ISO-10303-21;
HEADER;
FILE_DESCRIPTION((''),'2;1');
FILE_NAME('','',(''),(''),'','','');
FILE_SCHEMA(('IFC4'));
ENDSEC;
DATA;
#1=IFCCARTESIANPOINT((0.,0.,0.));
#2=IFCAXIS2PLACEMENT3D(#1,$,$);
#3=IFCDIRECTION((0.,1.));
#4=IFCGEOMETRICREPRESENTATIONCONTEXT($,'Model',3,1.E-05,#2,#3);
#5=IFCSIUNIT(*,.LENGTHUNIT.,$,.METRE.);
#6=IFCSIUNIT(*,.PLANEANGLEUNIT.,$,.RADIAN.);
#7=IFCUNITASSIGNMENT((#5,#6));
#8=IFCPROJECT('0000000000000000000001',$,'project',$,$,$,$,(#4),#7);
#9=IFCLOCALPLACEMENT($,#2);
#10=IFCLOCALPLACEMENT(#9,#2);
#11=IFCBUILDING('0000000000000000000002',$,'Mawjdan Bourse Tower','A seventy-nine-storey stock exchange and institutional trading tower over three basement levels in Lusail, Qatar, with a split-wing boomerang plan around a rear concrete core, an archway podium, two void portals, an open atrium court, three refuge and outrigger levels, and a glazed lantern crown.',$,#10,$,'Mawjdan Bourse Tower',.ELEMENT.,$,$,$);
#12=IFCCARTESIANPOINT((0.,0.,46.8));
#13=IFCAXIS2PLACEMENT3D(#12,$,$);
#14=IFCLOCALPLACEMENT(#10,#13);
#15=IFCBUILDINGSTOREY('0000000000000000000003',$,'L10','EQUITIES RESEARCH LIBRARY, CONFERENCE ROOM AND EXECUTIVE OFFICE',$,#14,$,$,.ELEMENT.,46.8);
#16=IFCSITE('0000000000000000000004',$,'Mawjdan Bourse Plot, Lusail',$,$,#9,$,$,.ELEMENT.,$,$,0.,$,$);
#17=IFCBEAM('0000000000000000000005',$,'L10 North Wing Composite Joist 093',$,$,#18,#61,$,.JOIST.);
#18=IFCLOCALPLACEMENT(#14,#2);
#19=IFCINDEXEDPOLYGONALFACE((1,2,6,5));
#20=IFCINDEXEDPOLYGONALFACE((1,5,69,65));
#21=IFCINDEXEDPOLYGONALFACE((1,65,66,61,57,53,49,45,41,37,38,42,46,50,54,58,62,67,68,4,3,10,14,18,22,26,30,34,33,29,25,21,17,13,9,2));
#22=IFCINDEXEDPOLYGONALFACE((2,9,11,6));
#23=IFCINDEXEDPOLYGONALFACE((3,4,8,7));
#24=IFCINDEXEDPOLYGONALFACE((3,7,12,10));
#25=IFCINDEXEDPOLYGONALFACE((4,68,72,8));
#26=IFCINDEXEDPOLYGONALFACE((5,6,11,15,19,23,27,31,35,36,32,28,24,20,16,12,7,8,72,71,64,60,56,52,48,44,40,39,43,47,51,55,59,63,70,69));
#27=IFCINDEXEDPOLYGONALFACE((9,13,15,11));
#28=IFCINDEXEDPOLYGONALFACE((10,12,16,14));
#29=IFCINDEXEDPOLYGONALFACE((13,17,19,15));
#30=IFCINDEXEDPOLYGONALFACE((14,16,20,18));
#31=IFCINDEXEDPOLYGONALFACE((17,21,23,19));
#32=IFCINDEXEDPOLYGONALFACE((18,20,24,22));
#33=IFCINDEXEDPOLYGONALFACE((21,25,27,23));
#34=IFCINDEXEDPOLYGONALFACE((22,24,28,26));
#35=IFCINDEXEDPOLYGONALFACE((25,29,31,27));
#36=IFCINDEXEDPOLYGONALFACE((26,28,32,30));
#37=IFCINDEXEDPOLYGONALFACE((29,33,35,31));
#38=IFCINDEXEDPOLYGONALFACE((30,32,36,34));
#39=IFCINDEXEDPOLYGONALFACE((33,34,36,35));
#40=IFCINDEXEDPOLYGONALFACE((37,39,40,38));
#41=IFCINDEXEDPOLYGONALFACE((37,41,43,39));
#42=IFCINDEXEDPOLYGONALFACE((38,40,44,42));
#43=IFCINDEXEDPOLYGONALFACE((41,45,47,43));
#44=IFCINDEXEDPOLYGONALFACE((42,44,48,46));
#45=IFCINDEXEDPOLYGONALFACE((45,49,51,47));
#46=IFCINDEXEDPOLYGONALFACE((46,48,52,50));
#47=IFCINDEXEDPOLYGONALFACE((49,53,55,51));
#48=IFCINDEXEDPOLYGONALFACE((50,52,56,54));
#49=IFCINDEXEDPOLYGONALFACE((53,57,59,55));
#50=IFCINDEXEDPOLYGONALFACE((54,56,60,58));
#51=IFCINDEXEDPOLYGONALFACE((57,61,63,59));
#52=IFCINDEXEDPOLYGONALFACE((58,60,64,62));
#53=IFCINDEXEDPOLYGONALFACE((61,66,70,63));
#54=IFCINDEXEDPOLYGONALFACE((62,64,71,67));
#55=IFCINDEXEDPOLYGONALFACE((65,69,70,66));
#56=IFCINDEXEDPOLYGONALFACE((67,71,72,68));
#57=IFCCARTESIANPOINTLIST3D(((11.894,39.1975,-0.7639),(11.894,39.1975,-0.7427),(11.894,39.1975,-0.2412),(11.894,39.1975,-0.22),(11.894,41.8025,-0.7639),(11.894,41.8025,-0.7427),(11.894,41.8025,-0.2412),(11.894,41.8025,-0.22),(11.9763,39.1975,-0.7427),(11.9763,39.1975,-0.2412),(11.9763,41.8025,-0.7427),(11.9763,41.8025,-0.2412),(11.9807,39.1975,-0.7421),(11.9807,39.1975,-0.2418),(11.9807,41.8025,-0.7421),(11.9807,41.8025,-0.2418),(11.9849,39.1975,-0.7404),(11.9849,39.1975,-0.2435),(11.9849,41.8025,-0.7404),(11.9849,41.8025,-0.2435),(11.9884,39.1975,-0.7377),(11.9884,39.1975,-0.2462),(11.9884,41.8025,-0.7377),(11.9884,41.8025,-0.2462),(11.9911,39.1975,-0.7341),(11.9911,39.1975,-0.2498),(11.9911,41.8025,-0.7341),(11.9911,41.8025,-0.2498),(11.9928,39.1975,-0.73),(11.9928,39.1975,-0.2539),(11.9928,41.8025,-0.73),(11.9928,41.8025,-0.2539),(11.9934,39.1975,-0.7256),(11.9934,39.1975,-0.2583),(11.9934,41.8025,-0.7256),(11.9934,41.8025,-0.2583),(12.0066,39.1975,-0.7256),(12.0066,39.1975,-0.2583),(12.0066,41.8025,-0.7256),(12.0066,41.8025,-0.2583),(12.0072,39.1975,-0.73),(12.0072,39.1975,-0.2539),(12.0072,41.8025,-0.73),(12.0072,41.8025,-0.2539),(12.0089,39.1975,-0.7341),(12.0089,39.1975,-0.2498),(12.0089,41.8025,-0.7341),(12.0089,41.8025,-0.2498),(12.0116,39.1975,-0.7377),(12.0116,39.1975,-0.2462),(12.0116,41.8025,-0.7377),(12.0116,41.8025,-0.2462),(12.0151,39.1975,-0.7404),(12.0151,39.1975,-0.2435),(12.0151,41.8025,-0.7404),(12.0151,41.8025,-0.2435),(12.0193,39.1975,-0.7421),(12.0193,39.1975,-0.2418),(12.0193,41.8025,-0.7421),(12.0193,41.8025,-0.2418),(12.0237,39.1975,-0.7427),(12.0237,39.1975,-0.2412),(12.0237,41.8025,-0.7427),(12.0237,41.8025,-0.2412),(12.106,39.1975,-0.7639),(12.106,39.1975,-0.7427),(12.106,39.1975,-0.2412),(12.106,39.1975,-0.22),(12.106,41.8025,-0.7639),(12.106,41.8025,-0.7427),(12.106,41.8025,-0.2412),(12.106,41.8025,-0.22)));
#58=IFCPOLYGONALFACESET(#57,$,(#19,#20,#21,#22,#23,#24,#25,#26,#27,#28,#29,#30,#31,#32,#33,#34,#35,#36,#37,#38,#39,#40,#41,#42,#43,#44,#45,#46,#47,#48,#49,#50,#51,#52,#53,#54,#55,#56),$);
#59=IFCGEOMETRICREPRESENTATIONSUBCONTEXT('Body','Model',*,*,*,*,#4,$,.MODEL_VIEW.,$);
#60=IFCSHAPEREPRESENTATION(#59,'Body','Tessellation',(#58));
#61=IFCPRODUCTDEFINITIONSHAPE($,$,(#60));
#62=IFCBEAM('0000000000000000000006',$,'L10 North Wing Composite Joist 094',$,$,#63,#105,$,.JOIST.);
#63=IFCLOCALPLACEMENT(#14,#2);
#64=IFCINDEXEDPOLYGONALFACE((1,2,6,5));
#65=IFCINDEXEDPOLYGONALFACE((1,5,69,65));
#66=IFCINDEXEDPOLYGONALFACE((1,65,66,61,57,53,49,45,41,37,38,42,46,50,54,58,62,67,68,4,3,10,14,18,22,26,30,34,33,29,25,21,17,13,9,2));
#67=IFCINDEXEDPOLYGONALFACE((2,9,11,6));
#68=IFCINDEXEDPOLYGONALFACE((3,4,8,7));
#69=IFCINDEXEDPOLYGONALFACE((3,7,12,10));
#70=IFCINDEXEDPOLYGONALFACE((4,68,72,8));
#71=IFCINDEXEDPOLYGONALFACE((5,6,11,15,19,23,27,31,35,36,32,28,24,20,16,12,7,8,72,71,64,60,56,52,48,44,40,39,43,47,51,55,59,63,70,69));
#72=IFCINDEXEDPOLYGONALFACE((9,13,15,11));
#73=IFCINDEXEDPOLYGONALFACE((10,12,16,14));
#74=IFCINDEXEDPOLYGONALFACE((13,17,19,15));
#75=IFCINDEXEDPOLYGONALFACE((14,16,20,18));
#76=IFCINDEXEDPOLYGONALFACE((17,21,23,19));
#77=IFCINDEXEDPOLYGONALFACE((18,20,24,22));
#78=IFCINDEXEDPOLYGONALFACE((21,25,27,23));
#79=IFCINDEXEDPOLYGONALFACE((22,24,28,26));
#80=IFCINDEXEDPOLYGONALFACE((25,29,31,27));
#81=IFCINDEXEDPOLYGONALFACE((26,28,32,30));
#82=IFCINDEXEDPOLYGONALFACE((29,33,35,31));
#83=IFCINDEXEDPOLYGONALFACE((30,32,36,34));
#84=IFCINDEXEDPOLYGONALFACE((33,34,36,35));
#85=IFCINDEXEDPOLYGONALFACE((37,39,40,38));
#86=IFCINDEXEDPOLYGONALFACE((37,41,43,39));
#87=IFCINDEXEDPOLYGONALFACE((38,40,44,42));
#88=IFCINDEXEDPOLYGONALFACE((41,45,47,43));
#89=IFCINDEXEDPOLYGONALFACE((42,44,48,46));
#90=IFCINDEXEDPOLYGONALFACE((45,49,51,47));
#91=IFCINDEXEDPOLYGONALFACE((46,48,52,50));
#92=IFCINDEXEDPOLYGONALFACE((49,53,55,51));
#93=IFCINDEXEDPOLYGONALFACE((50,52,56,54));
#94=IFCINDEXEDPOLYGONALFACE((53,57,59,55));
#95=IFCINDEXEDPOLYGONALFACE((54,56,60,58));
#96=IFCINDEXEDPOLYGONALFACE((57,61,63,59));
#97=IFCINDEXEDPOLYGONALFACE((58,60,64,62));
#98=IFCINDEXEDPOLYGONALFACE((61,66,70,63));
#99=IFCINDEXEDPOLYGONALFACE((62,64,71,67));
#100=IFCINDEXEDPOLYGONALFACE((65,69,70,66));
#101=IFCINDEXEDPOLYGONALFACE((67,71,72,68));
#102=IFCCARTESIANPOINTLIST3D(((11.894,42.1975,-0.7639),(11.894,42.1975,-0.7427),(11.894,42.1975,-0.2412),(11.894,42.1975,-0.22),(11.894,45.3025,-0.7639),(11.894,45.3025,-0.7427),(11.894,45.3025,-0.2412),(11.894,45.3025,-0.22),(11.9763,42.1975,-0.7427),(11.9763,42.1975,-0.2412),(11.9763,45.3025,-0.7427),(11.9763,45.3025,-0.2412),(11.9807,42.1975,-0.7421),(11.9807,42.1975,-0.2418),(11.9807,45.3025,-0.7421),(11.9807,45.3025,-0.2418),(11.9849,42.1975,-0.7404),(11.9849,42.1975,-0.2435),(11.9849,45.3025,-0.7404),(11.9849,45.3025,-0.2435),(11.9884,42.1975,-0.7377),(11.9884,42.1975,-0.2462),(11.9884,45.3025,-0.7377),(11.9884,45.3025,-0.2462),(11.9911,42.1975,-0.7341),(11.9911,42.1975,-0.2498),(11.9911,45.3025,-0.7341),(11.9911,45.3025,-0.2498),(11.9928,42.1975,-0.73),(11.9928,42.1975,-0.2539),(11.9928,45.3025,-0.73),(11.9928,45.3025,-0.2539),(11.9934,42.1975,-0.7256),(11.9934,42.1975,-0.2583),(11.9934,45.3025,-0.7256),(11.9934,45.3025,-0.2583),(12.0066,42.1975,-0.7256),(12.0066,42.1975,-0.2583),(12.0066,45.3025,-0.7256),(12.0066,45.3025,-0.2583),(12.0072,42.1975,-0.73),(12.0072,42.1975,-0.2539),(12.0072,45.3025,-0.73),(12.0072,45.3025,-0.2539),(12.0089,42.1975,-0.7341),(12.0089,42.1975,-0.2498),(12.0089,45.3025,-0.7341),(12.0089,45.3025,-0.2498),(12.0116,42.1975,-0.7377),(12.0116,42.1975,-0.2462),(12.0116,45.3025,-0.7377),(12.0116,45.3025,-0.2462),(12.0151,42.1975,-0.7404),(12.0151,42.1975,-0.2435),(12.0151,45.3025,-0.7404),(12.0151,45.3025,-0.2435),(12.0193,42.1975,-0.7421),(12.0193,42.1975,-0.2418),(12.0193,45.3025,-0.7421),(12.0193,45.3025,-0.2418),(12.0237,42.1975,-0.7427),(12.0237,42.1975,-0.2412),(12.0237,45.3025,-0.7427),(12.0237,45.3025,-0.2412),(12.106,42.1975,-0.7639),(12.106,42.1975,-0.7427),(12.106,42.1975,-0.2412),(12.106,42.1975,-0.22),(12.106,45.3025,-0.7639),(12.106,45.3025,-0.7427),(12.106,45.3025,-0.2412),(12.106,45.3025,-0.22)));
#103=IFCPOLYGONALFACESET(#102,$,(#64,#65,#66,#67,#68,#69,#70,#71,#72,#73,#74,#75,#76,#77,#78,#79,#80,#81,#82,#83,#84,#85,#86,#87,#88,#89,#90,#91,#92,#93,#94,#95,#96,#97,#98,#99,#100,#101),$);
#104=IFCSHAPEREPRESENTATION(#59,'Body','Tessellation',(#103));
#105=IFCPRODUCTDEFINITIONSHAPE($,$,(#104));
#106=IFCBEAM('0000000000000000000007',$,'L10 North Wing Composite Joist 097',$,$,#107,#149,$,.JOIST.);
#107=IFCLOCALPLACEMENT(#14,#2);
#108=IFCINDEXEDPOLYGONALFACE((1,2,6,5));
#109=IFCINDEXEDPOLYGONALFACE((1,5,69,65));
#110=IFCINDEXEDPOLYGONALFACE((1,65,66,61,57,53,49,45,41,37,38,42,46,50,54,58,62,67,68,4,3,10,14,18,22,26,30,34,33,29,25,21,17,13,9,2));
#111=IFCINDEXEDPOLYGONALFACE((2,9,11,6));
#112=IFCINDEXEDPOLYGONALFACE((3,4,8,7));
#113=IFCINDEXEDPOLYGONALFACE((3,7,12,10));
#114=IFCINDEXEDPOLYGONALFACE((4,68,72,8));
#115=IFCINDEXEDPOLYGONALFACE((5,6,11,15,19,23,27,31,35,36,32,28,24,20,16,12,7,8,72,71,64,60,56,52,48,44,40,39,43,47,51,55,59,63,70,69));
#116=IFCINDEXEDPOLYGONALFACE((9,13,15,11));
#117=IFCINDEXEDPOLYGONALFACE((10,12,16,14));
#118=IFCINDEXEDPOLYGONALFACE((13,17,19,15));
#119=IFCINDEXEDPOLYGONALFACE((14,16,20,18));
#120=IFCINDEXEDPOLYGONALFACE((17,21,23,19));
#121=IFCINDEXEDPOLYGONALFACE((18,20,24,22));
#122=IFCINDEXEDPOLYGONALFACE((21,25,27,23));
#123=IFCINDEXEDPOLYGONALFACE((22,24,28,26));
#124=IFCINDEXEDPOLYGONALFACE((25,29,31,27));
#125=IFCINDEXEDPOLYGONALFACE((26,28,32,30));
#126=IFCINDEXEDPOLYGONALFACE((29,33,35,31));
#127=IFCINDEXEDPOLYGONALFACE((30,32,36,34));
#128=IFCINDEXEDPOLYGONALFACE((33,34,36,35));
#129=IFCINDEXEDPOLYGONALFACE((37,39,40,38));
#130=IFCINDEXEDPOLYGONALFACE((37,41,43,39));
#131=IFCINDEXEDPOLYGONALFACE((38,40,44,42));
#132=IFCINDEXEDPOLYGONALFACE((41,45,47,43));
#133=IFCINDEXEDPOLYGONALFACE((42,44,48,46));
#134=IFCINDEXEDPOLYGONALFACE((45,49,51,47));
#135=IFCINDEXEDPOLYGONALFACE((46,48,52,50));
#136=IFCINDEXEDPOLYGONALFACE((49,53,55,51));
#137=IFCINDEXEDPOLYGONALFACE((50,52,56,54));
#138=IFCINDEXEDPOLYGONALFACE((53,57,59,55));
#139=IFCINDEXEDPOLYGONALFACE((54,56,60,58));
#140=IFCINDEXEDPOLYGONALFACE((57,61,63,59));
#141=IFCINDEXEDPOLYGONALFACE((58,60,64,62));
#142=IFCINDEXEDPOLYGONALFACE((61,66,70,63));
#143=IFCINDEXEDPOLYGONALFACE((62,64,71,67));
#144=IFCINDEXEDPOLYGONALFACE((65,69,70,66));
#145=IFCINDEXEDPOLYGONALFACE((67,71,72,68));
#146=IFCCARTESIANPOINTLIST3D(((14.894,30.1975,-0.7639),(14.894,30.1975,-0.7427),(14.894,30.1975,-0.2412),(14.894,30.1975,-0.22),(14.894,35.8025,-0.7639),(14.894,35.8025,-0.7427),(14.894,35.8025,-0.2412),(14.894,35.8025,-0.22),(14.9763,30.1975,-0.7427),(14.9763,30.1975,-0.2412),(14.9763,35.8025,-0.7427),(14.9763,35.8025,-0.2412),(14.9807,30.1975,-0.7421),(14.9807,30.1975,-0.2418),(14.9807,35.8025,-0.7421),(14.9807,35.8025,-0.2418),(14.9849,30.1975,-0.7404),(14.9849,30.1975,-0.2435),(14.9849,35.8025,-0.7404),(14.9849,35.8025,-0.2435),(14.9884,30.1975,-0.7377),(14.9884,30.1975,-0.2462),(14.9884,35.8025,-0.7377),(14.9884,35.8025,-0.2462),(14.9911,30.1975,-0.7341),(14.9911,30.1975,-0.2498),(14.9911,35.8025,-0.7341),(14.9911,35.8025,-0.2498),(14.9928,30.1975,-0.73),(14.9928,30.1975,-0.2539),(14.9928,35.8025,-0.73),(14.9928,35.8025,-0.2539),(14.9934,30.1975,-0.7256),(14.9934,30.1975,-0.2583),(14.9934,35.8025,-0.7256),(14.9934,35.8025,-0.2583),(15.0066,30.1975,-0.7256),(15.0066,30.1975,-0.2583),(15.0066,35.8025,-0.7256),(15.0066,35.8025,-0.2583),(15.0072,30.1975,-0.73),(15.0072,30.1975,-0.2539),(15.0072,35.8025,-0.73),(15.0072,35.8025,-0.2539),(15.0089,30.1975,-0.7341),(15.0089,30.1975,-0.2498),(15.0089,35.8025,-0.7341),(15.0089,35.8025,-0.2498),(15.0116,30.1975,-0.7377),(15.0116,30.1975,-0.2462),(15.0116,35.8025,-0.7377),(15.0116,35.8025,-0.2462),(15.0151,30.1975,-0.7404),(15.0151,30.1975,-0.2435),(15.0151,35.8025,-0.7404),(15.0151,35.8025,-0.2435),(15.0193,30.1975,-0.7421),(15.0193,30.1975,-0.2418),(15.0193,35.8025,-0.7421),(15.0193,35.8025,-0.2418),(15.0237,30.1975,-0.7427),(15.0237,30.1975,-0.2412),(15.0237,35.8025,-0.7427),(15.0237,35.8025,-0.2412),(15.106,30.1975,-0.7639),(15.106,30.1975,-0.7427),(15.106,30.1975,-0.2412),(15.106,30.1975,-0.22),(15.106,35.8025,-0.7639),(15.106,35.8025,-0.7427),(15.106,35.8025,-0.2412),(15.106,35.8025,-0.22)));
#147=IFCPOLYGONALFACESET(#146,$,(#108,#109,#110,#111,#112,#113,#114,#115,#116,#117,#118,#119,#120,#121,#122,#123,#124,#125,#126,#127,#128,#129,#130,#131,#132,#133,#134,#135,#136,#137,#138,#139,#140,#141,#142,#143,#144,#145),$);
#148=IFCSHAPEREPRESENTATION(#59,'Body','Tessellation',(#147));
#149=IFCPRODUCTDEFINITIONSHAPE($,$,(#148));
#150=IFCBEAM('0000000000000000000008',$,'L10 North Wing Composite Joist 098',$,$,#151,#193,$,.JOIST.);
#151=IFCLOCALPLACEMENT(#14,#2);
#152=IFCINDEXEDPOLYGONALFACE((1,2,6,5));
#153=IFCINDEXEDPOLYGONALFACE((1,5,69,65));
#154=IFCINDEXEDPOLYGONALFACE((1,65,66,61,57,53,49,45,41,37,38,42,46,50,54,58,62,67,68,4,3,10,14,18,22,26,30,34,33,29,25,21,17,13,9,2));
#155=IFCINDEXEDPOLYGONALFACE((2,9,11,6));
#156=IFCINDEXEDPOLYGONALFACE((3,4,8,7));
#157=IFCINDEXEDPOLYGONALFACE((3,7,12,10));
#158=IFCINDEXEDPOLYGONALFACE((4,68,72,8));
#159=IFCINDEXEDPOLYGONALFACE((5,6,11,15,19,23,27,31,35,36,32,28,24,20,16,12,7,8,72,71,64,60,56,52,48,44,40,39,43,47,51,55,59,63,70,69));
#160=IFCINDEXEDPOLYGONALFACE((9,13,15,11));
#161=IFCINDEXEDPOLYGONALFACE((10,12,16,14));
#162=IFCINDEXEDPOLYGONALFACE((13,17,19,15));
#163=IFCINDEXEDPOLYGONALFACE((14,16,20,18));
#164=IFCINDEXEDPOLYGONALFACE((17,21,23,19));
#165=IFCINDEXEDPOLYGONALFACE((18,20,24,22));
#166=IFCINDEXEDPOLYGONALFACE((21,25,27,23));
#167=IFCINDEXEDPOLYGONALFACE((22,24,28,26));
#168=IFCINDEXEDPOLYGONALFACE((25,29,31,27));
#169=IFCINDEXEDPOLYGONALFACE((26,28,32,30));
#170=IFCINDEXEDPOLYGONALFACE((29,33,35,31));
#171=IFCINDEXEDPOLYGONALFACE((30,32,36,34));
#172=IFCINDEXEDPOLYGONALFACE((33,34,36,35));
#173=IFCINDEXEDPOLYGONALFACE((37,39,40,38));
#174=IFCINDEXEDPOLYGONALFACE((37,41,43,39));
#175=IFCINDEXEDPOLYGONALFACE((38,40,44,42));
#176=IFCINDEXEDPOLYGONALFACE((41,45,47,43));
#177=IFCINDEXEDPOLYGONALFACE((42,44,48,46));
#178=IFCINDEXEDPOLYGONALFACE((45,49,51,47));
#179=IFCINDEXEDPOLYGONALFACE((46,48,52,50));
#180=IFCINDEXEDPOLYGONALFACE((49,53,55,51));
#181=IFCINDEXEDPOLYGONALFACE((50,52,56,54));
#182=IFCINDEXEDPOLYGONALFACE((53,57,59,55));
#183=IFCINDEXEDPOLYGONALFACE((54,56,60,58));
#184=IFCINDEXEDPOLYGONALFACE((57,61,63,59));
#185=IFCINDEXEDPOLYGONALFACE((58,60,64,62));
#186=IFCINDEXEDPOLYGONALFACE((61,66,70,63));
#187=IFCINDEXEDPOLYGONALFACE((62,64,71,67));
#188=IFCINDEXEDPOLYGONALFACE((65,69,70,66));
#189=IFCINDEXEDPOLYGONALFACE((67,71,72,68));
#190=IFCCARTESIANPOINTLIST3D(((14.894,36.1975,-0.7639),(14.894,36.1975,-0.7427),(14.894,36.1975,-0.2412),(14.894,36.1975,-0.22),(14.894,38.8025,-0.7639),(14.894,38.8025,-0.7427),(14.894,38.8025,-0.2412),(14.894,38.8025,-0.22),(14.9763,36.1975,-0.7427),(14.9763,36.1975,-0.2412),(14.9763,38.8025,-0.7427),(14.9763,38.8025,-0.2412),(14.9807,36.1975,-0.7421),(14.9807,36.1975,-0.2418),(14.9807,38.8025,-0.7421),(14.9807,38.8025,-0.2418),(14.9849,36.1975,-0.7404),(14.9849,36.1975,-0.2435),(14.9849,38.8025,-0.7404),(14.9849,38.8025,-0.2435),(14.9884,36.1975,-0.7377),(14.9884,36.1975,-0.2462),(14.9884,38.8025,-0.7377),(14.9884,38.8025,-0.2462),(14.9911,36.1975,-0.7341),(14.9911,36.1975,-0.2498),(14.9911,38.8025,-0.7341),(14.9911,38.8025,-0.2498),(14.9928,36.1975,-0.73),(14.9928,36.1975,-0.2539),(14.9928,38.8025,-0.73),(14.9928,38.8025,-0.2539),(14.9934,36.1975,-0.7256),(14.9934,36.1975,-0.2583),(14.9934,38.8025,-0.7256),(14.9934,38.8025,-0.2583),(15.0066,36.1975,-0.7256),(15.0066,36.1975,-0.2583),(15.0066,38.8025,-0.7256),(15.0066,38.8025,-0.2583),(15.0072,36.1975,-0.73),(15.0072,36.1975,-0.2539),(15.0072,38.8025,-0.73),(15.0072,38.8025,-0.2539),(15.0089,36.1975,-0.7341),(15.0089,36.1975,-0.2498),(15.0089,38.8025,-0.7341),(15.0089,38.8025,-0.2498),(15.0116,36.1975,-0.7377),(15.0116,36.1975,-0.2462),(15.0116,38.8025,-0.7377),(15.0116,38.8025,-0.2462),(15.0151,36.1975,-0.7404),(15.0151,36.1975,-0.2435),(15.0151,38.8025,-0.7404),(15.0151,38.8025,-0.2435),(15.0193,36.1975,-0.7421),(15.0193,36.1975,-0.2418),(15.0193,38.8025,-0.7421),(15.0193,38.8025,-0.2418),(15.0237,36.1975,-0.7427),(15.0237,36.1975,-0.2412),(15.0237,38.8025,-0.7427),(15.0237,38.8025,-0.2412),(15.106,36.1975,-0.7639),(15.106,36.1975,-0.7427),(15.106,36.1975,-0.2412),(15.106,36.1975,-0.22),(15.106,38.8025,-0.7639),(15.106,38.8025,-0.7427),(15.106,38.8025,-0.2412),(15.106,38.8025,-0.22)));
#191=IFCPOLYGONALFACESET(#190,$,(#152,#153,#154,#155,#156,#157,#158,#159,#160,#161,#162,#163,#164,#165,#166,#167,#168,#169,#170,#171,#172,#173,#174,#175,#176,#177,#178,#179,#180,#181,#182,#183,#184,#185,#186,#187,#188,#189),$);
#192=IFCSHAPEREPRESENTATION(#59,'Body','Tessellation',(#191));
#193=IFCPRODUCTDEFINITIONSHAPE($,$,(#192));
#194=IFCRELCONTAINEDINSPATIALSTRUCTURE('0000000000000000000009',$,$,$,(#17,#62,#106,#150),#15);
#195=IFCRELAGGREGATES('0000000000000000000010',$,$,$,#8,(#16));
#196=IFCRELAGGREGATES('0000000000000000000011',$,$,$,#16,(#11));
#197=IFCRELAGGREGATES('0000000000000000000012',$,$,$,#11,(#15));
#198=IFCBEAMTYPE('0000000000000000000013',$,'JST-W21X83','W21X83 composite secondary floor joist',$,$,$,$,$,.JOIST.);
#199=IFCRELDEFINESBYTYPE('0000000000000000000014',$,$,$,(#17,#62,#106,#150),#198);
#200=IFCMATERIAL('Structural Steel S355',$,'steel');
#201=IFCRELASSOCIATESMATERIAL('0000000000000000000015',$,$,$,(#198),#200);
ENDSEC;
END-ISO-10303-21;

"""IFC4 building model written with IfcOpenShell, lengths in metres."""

from ifc_helpers import new_model, si_unit, direction, frame, origin, origin_2d, place, context, subcontext, project, spatial, i_section, extrude, material, material_profile, profile_set, type_object, element, save


model = new_model("IFC4")

# Units and contexts
model_context = context("Model", 3, precision=1e-05, world=origin(), true_north=direction((0.0, 1.0)))
body_context = subcontext(model_context, "Body", "Model", "MODEL_VIEW")
ifc_project = project(units=[si_unit("LENGTHUNIT", "METRE"), si_unit("PLANEANGLEUNIT", "RADIAN")], contexts=[model_context])

# Site, building, storey
site_placement = place(None, origin())
site = spatial("IfcSite", under=ifc_project, at=site_placement, Name="Mawjdan Bourse Plot, Lusail", CompositionType="ELEMENT", RefElevation=0.0)
building_placement = place(site_placement, origin())
building = spatial("IfcBuilding", under=site, at=building_placement, Name="Mawjdan Bourse Tower", Description="A seventy-nine-storey stock exchange and institutional trading tower over three basement levels in Lusail, Qatar, with a split-wing boomerang plan around a rear concrete core, an archway podium, two void portals, an open atrium court, three refuge and outrigger levels, and a glazed lantern crown.", LongName="Mawjdan Bourse Tower", CompositionType="ELEMENT")
storey_placement = place(building_placement, frame((0.0, 0.0, 46.8)))
storey = spatial("IfcBuildingStorey", under=building, at=storey_placement, Name="L10", Description="EQUITIES RESEARCH LIBRARY, CONFERENCE ROOM AND EXECUTIVE OFFICE", CompositionType="ELEMENT", Elevation=46.8)

# Beams
ifc_material_1 = material(Name="Structural Steel S355", Category="steel")
ifc_material_profile_1 = material_profile(ifc_material_1, i_section(OverallWidth=0.2119, OverallDepth=0.5439, WebThickness=0.0132, FlangeThickness=0.0212, FilletRadius=0.0171, at=origin_2d()), Name="W21X83")
ifc_profile_set_1 = profile_set([ifc_material_profile_1], Name="Structural Steel S355")
beam_type_1 = type_object("IfcBeamType", Name="JST-W21X83", Description="W21X83 composite secondary floor joist", PredefinedType="JOIST", material=ifc_profile_set_1)
for number, where, z_axis, x_axis, name in (
    (1, (12.0, 39.1975, -0.4919), (0.0, 1.0, 0.0), (-1.0, 0.0, 0.0), "L10 North Wing Composite Joist 093"),
):
    element("IfcBeam", number, at=place(storey_placement, frame(where, z_axis=z_axis, x_axis=x_axis)), inside=storey, type_object=beam_type_1, Name=name, PredefinedType="JOIST", context=body_context, shape_type="SweptSolid", body=[
        extrude(i_section(OverallWidth=0.2119, OverallDepth=0.5439, WebThickness=0.0132, FlangeThickness=0.0212, FilletRadius=0.0171, at=origin_2d()), origin(), (0.0, 0.0, 1.0), 2.605),
    ])
beam_1_placement = place(storey_placement, frame((12.0, 42.1975, -0.4919), z_axis=(0.0, 1.0, 0.0), x_axis=(-1.0, 0.0, 0.0)))
element("IfcBeam", 2, at=beam_1_placement, inside=storey, type_object=beam_type_1, Name="L10 North Wing Composite Joist 094", PredefinedType="JOIST", context=body_context, shape_type="SweptSolid", body=[
    extrude(i_section(OverallWidth=0.2119, OverallDepth=0.5439, WebThickness=0.0132, FlangeThickness=0.0212, FilletRadius=0.0171, at=origin_2d()), origin(), (0.0, 0.0, 1.0), 3.105),
])
beam_2_placement = place(storey_placement, frame((15.0, 30.1975, -0.4919), z_axis=(0.0, 1.0, 0.0), x_axis=(-1.0, 0.0, 0.0)))
element("IfcBeam", 3, at=beam_2_placement, inside=storey, type_object=beam_type_1, Name="L10 North Wing Composite Joist 097", PredefinedType="JOIST", context=body_context, shape_type="SweptSolid", body=[
    extrude(i_section(OverallWidth=0.2119, OverallDepth=0.5439, WebThickness=0.0132, FlangeThickness=0.0212, FilletRadius=0.0171, at=origin_2d()), origin(), (0.0, 0.0, 1.0), 5.605),
])
for number, where, z_axis, x_axis, name in (
    (4, (15.0, 36.1975, -0.4919), (0.0, 1.0, 0.0), (-1.0, 0.0, 0.0), "L10 North Wing Composite Joist 098"),
):
    element("IfcBeam", number, at=place(storey_placement, frame(where, z_axis=z_axis, x_axis=x_axis)), inside=storey, type_object=beam_type_1, Name=name, PredefinedType="JOIST", context=body_context, shape_type="SweptSolid", body=[
        extrude(i_section(OverallWidth=0.2119, OverallDepth=0.5439, WebThickness=0.0132, FlangeThickness=0.0212, FilletRadius=0.0171, at=origin_2d()), origin(), (0.0, 0.0, 1.0), 2.605),
    ])

save(model, "model.ifc")
